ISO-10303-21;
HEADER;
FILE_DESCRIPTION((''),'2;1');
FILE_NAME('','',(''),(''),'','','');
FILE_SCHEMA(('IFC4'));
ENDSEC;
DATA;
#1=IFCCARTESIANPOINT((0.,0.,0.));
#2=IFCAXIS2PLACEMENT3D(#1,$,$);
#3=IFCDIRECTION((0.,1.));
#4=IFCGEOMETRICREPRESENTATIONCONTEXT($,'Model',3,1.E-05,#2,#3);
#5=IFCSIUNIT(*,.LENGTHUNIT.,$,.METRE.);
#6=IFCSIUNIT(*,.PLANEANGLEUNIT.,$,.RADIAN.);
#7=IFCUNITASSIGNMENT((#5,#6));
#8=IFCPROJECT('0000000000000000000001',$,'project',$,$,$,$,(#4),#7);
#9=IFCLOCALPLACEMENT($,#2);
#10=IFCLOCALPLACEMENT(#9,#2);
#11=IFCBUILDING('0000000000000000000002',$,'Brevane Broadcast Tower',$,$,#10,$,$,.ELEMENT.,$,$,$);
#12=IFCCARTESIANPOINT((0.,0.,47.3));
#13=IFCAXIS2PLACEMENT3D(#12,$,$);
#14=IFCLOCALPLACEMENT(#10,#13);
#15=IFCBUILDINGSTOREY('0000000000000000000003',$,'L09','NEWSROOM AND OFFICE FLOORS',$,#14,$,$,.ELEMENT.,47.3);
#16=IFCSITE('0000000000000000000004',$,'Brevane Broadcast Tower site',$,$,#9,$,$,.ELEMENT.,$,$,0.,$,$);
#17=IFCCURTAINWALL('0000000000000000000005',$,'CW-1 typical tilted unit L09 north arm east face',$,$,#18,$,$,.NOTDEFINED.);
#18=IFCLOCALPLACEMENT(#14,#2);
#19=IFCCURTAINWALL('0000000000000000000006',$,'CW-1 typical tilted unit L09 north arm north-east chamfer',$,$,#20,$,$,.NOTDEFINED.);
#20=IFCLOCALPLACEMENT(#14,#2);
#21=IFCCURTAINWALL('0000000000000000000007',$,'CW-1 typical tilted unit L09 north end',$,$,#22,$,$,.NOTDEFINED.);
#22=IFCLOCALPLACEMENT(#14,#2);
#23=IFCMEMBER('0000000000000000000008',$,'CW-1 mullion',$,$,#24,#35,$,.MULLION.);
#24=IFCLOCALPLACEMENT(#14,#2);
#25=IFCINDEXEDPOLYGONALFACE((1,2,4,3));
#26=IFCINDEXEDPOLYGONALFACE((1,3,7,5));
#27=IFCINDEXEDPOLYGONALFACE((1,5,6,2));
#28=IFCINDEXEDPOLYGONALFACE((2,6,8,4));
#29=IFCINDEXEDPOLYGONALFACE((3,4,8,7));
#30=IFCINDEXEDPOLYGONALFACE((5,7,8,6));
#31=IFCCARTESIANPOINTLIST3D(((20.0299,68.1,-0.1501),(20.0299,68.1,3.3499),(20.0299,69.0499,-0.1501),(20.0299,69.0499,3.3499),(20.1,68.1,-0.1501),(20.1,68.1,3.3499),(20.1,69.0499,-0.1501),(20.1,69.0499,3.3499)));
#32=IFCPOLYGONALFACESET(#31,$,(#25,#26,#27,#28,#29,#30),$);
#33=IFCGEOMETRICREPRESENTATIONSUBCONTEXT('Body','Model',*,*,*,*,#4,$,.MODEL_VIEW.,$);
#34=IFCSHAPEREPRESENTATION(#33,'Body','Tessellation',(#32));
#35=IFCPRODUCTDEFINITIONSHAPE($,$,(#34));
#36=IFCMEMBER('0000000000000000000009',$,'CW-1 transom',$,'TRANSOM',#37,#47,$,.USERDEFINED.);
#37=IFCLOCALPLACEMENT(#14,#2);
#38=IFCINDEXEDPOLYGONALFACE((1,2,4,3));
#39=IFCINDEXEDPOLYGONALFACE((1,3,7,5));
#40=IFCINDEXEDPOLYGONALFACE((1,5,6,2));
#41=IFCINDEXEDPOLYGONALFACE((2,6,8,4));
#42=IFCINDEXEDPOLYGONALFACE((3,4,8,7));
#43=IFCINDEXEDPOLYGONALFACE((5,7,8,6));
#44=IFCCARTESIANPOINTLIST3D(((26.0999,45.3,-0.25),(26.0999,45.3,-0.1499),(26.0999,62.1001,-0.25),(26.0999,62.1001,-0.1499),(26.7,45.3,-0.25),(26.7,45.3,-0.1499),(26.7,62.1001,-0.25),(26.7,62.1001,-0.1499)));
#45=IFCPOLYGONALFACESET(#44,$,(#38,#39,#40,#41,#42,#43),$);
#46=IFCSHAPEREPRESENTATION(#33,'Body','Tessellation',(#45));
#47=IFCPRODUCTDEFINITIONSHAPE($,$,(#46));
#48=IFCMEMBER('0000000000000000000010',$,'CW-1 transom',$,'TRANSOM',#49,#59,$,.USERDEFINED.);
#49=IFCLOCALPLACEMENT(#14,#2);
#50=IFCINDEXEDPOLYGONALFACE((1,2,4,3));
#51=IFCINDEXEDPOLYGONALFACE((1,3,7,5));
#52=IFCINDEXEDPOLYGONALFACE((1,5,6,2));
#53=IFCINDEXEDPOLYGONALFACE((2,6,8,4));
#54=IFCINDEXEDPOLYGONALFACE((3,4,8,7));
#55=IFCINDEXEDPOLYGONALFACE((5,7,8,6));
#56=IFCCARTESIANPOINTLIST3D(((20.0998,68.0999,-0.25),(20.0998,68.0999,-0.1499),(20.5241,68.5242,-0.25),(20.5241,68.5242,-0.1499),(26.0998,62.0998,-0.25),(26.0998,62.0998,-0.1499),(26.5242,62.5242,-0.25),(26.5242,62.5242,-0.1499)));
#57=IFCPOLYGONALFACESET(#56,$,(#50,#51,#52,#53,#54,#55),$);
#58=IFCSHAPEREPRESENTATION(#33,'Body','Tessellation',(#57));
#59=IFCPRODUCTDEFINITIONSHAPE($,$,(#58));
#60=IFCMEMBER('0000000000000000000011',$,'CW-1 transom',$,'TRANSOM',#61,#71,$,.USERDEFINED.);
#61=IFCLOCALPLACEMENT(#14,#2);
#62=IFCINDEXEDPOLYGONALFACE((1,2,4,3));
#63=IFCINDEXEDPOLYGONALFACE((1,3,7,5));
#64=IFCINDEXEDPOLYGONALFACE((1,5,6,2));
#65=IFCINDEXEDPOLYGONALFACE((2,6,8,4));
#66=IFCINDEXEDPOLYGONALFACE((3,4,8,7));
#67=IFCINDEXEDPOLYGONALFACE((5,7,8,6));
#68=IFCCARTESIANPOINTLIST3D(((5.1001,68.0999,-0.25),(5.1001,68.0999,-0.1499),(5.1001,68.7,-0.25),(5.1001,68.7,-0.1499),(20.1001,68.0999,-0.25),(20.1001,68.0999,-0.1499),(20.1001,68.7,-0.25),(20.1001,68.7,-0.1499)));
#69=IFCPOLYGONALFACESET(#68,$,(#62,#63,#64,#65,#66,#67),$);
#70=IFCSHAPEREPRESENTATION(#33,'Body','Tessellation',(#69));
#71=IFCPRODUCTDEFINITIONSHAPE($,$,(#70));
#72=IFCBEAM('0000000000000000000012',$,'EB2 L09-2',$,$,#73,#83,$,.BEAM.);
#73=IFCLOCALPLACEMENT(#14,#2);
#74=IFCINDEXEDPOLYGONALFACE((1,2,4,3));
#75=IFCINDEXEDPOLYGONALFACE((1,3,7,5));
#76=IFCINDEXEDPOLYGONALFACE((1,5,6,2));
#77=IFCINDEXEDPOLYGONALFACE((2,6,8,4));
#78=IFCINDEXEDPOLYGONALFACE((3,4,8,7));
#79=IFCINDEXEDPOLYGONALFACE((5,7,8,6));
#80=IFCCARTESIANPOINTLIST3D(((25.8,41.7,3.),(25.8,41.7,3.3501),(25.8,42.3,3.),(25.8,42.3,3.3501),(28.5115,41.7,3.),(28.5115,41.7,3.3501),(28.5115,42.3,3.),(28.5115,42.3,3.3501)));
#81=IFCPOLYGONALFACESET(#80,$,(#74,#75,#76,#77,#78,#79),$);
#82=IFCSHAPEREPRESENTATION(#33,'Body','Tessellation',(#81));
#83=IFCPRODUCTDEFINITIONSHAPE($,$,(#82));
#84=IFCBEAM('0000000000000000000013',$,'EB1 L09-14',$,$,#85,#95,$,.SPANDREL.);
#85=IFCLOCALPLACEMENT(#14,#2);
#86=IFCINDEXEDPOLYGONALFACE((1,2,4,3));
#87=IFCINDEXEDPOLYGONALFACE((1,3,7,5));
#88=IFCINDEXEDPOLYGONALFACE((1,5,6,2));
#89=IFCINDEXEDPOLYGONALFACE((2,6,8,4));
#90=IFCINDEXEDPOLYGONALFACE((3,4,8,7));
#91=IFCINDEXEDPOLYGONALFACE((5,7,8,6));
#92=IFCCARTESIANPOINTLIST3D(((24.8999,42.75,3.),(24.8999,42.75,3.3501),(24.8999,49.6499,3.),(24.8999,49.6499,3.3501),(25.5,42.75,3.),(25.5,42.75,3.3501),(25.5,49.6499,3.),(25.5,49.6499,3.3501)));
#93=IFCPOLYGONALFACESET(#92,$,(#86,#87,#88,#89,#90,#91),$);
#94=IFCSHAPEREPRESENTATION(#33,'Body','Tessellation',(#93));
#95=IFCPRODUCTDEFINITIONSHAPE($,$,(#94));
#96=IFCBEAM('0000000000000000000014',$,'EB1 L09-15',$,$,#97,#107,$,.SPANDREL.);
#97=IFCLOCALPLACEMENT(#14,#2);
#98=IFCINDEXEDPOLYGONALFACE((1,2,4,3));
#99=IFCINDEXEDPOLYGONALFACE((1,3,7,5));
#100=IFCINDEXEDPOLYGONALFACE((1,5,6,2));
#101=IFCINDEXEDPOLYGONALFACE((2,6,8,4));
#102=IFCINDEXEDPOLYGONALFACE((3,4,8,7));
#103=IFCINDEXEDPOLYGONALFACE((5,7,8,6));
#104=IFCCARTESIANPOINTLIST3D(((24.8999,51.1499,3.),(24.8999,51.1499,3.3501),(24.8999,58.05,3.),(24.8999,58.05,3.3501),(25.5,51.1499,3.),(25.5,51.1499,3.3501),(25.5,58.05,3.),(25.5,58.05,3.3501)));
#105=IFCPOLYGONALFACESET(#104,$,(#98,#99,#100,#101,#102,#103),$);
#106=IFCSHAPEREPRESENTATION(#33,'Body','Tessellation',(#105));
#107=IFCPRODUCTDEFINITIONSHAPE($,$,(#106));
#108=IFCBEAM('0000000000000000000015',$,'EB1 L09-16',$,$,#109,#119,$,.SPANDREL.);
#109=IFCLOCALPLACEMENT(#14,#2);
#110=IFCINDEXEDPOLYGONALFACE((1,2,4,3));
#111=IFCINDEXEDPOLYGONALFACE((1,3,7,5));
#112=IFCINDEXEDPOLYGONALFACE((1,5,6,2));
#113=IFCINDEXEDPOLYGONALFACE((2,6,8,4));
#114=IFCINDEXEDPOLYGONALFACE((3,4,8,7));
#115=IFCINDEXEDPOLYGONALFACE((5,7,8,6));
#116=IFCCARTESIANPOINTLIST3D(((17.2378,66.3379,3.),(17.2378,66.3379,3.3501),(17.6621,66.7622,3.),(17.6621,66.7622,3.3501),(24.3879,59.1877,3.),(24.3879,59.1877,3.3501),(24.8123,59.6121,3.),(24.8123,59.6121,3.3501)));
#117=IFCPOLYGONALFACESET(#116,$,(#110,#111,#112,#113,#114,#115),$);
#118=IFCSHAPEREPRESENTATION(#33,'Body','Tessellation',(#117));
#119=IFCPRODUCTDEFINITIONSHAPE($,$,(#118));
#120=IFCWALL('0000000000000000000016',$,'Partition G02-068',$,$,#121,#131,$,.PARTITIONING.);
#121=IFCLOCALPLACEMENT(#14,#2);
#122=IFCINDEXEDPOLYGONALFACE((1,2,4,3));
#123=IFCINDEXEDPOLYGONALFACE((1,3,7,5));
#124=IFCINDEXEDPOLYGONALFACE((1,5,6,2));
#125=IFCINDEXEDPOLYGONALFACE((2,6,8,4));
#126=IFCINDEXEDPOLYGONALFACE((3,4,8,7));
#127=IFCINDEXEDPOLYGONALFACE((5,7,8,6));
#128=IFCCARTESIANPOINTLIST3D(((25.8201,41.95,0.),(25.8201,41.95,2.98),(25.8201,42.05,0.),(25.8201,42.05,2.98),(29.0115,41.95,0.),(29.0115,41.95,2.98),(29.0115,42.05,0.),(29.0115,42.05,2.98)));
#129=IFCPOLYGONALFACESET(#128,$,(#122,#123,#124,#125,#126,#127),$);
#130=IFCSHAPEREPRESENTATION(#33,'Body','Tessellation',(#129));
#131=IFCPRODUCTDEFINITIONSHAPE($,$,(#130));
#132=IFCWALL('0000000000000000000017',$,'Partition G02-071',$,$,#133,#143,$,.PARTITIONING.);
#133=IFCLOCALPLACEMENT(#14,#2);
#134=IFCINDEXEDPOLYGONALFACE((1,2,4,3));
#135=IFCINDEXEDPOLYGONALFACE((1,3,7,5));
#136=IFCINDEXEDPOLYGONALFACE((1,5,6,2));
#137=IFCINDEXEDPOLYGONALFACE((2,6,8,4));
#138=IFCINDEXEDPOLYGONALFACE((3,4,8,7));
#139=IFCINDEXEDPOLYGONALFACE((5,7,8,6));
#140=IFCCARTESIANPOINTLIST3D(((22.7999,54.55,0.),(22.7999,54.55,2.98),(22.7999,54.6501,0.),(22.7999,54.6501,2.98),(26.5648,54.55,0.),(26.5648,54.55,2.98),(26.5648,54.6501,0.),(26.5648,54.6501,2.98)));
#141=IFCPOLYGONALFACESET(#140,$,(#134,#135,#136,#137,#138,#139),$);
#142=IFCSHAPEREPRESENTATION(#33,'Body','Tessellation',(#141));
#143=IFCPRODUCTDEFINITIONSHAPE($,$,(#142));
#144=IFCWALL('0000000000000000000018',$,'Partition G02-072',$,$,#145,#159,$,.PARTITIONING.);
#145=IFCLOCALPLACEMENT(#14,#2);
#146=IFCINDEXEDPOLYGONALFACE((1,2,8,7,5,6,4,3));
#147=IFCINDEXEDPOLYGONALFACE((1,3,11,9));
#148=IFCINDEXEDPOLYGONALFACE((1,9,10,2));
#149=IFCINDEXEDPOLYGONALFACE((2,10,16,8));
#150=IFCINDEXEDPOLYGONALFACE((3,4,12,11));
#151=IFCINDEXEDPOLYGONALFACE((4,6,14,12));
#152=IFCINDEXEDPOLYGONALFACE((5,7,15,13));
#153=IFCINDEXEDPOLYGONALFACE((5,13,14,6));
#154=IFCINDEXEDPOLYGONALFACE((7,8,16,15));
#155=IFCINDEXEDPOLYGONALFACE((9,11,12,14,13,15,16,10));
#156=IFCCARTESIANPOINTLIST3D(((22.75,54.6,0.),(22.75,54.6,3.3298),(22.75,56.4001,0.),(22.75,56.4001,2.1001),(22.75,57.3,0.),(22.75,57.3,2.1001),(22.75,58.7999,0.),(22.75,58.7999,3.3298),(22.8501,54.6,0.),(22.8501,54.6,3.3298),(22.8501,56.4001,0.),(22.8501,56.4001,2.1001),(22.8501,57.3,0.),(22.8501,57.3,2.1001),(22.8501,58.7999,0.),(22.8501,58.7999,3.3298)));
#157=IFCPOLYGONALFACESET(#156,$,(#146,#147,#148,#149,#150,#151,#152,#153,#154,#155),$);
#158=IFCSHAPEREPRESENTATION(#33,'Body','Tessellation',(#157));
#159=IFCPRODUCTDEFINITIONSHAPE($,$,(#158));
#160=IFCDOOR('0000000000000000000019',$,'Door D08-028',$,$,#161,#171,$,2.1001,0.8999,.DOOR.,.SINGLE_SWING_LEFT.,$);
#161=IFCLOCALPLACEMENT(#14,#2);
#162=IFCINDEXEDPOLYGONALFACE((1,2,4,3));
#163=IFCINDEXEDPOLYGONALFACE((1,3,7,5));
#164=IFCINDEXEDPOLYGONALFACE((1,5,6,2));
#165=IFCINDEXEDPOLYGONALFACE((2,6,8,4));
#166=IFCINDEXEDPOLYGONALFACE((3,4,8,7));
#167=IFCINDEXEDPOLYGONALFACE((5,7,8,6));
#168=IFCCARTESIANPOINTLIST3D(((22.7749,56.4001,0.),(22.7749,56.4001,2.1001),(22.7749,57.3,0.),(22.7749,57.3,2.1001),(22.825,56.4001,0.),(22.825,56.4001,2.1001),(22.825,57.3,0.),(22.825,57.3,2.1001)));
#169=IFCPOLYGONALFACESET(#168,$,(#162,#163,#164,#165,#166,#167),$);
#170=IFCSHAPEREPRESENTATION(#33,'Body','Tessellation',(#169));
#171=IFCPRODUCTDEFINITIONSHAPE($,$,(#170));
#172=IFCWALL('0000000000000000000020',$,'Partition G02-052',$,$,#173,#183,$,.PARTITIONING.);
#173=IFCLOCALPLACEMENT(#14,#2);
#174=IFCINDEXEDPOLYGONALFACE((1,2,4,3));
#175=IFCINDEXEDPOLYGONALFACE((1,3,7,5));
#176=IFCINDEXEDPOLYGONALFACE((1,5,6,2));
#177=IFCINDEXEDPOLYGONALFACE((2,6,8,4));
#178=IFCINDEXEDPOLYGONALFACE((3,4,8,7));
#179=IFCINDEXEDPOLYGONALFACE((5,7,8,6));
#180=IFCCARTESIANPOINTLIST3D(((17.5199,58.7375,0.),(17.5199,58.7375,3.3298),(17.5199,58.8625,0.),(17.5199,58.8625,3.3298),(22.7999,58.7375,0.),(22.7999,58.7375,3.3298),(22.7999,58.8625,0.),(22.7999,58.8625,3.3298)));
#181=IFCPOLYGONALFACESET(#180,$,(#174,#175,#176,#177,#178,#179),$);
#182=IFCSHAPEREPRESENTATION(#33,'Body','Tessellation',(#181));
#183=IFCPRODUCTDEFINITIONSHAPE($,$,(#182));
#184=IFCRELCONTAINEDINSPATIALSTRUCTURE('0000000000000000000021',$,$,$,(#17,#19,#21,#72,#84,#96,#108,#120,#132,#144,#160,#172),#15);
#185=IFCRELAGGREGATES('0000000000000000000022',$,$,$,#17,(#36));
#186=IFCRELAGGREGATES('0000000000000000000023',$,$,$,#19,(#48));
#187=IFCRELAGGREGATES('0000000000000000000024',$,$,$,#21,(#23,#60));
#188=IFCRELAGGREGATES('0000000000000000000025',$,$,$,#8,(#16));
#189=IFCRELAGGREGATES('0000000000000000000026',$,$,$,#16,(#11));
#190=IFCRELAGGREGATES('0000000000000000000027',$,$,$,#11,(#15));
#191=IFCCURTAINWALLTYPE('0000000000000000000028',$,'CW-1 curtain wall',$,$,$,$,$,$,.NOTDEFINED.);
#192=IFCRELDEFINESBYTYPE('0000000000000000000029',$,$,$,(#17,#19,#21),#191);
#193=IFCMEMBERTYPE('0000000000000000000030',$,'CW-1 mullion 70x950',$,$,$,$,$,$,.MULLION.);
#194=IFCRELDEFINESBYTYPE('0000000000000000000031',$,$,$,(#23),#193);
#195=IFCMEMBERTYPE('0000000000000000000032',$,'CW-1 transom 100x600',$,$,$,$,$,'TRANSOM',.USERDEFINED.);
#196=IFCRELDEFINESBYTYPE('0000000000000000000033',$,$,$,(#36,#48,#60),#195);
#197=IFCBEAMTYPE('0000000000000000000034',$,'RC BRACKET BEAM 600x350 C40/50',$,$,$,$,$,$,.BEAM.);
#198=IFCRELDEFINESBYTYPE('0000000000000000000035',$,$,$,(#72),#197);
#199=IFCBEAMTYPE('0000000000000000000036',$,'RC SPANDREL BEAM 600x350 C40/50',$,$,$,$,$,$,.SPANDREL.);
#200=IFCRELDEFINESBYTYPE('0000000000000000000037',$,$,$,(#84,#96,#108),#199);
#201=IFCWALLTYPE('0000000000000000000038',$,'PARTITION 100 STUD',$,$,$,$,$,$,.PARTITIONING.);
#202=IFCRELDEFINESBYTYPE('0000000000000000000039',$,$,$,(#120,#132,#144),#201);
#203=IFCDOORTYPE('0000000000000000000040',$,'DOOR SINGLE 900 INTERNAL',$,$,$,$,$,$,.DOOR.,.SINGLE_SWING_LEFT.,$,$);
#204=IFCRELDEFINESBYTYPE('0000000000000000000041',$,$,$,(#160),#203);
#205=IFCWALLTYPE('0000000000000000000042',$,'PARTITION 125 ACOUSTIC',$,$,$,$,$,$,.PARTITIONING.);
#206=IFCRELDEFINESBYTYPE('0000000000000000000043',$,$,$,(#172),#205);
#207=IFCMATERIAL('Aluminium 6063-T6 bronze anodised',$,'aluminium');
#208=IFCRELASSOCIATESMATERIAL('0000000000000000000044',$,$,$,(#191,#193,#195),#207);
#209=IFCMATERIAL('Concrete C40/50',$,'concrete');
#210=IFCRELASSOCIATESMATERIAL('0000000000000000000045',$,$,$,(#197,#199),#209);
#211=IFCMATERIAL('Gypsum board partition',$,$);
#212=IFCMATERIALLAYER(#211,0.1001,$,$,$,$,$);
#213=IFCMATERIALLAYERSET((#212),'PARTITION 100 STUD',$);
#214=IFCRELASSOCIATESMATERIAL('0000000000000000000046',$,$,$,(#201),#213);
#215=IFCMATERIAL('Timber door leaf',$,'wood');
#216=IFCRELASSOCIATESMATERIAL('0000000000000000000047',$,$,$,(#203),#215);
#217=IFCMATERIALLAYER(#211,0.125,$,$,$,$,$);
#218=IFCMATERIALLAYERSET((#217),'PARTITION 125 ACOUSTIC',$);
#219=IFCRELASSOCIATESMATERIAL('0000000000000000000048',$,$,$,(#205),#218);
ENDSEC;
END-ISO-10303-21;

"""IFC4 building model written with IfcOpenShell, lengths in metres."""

from ifc_helpers import new_model, si_unit, direction, frame, frame_2d, origin, origin_2d, place, context, subcontext, project, spatial, rectangle, extrude, material, layer, layer_set, material_profile, profile_set, type_object, element, fill, aggregate, save


model = new_model("IFC4")

# Units and contexts
model_context = context("Model", 3, precision=1e-05, world=origin(), true_north=direction((0.0, 1.0)))
body_context = subcontext(model_context, "Body", "Model", "MODEL_VIEW")
ifc_project = project(units=[si_unit("LENGTHUNIT", "METRE"), si_unit("PLANEANGLEUNIT", "RADIAN")], contexts=[model_context])

# Site, building, storey
site_placement = place(None, origin())
site = spatial("IfcSite", under=ifc_project, at=site_placement, Name="Brevane Broadcast Tower site", CompositionType="ELEMENT", RefElevation=0.0)
building_placement = place(site_placement, origin())
building = spatial("IfcBuilding", under=site, at=building_placement, Name="Brevane Broadcast Tower", CompositionType="ELEMENT")
storey_placement = place(building_placement, frame((0.0, 0.0, 47.3)))
storey = spatial("IfcBuildingStorey", under=building, at=storey_placement, Name="L09", Description="NEWSROOM AND OFFICE FLOORS", CompositionType="ELEMENT", Elevation=47.3)

# Shared definitions
ifc_material_1 = material(Name="Aluminium 6063-T6 bronze anodised", Category="aluminium")
curtain_wall_type = type_object("IfcCurtainWallType", Name="CW-1 curtain wall", PredefinedType="NOTDEFINED", material=ifc_material_1)
ifc_material_profile_1 = material_profile(ifc_material_1, rectangle(XDim=0.95, YDim=0.0701, at=origin_2d()), Name="RECT 70x950")
ifc_profile_set_1 = profile_set([ifc_material_profile_1], Name="Aluminium 6063-T6 bronze anodised")
member_type_1 = type_object("IfcMemberType", Name="CW-1 mullion 70x950", PredefinedType="MULLION", material=ifc_profile_set_1)

# Curtain walls
curtain_wall_1_placement = place(storey_placement, origin())
curtain_wall_1 = element("IfcCurtainWall", 1, at=curtain_wall_1_placement, inside=storey, type_object=curtain_wall_type, Name="CW-1 typical tilted unit L09 north arm east face", PredefinedType="NOTDEFINED")
curtain_wall_2_placement = place(storey_placement, origin())
curtain_wall_2 = element("IfcCurtainWall", 2, at=curtain_wall_2_placement, inside=storey, type_object=curtain_wall_type, Name="CW-1 typical tilted unit L09 north arm north-east chamfer", PredefinedType="NOTDEFINED")

# Curtain wall, member
curtain_wall_3_placement = place(storey_placement, origin())
curtain_wall_3 = element("IfcCurtainWall", 3, at=curtain_wall_3_placement, inside=storey, type_object=curtain_wall_type, Name="CW-1 typical tilted unit L09 north end", PredefinedType="NOTDEFINED")
member_1_placement = place(storey_placement, frame((20.0649, 68.575, -0.1501), z_axis=(0.0, 0.0, 1.0), x_axis=(0.0, -1.0, 0.0)))
member_1 = element("IfcMember", 4, at=member_1_placement, type_object=member_type_1, Name="CW-1 mullion", PredefinedType="MULLION", context=body_context, shape_type="SweptSolid", body=[
    extrude(rectangle(XDim=0.95, YDim=0.0701, at=origin_2d()), origin(), (0.0, 0.0, 1.0), 3.5),
])

# Members
ifc_material_profile_2 = material_profile(ifc_material_1, rectangle(XDim=0.6001, YDim=0.1001, at=origin_2d()), Name="RECT 100x600")
ifc_profile_set_2 = profile_set([ifc_material_profile_2], Name="Aluminium 6063-T6 bronze anodised")
member_type_2 = type_object("IfcMemberType", Name="CW-1 transom 100x600", ElementType="TRANSOM", PredefinedType="USERDEFINED", material=ifc_profile_set_2)
member_2_placement = place(storey_placement, frame((26.3999, 45.3, -0.2), z_axis=(0.0, 1.0, 0.0), x_axis=(-1.0, 0.0, 0.0)))
member_2 = element("IfcMember", 5, at=member_2_placement, type_object=member_type_2, Name="CW-1 transom", ObjectType="TRANSOM", PredefinedType="USERDEFINED", context=body_context, shape_type="SweptSolid", body=[
    extrude(rectangle(XDim=0.6001, YDim=0.1001, at=origin_2d()), origin(), (0.0, 0.0, 1.0), 16.8),
])
aggregate(curtain_wall_1, [member_2])
member_3_placement = place(storey_placement, frame((26.312, 62.312, -0.2), z_axis=(-0.707107, 0.707107, 0.0), x_axis=(-0.707107, -0.707107, 0.0)))
member_3 = element("IfcMember", 6, at=member_3_placement, type_object=member_type_2, Name="CW-1 transom", ObjectType="TRANSOM", PredefinedType="USERDEFINED", context=body_context, shape_type="SweptSolid", body=[
    extrude(rectangle(XDim=0.6001, YDim=0.1001, at=origin_2d()), origin(), (0.0, 0.0, 1.0), 8.4854),
])
aggregate(curtain_wall_2, [member_3])
member_4_placement = place(storey_placement, frame((20.1001, 68.3999, -0.2), z_axis=(-1.0, 0.0, 0.0), x_axis=(0.0, -1.0, 0.0)))
member_4 = element("IfcMember", 7, at=member_4_placement, type_object=member_type_2, Name="CW-1 transom", ObjectType="TRANSOM", PredefinedType="USERDEFINED", context=body_context, shape_type="SweptSolid", body=[
    extrude(rectangle(XDim=0.6001, YDim=0.1001, at=origin_2d()), origin(), (0.0, 0.0, 1.0), 15.0),
])
aggregate(curtain_wall_3, [member_1, member_4])

# Beams
ifc_material_2 = material(Name="Concrete C40/50", Category="concrete")
ifc_material_profile_3 = material_profile(ifc_material_2, rectangle(XDim=0.6001, YDim=0.3501, at=origin_2d()), Name="RC 600x350")
ifc_profile_set_3 = profile_set([ifc_material_profile_3], Name="Concrete C40/50")
beam_type_1 = type_object("IfcBeamType", Name="RC BRACKET BEAM 600x350 C40/50", PredefinedType="BEAM", material=ifc_profile_set_3)
beam_1_placement = place(storey_placement, frame((25.8, 42.0, 3.175), z_axis=(1.0, 0.0, 0.0), x_axis=(0.0, 1.0, 0.0)))
element("IfcBeam", 8, at=beam_1_placement, inside=storey, type_object=beam_type_1, Name="EB2 L09-2", PredefinedType="BEAM", context=body_context, shape_type="SweptSolid", body=[
    extrude(rectangle(XDim=0.6001, YDim=0.3501, at=origin_2d()), origin(), (0.0, 0.0, 1.0), 2.7114),
])
ifc_material_profile_4 = material_profile(ifc_material_2, rectangle(XDim=0.6001, YDim=0.3501, at=origin_2d()), Name="RC 600x350")
ifc_profile_set_4 = profile_set([ifc_material_profile_4], Name="Concrete C40/50")
beam_type_2 = type_object("IfcBeamType", Name="RC SPANDREL BEAM 600x350 C40/50", PredefinedType="SPANDREL", material=ifc_profile_set_4)
beam_2_placement = place(storey_placement, frame((25.2, 42.75, 3.175), z_axis=(0.0, 1.0, 0.0), x_axis=(-1.0, 0.0, 0.0)))
element("IfcBeam", 9, at=beam_2_placement, inside=storey, type_object=beam_type_2, Name="EB1 L09-14", PredefinedType="SPANDREL", context=body_context, shape_type="SweptSolid", body=[
    extrude(rectangle(XDim=0.6001, YDim=0.3501, at=origin_2d()), origin(), (0.0, 0.0, 1.0), 6.8999),
])
beam_3_placement = place(storey_placement, frame((25.2, 51.1499, 3.175), z_axis=(0.0, 1.0, 0.0), x_axis=(-1.0, 0.0, 0.0)))
element("IfcBeam", 10, at=beam_3_placement, inside=storey, type_object=beam_type_2, Name="EB1 L09-15", PredefinedType="SPANDREL", context=body_context, shape_type="SweptSolid", body=[
    extrude(rectangle(XDim=0.6001, YDim=0.3501, at=origin_2d()), origin(), (0.0, 0.0, 1.0), 6.9001),
])
beam_4_placement = place(storey_placement, frame((24.6001, 59.3999, 3.175), z_axis=(-0.707107, 0.707107, 0.0), x_axis=(-0.707107, -0.707107, 0.0)))
element("IfcBeam", 11, at=beam_4_placement, inside=storey, type_object=beam_type_2, Name="EB1 L09-16", PredefinedType="SPANDREL", context=body_context, shape_type="SweptSolid", body=[
    extrude(rectangle(XDim=0.6001, YDim=0.3501, at=origin_2d()), origin(), (0.0, 0.0, 1.0), 10.1118),
])

# Walls
ifc_material_3 = material(Name="Gypsum board partition")
ifc_layer_1 = layer(ifc_material_3, 0.1001)
ifc_layer_set_1 = layer_set([ifc_layer_1], Name="PARTITION 100 STUD")
wall_type_1 = type_object("IfcWallType", Name="PARTITION 100 STUD", PredefinedType="PARTITIONING", material=ifc_layer_set_1)
wall_1_placement = place(storey_placement, frame((25.8201, 42.0, 0.0), z_axis=(0.0, 0.0, 1.0), x_axis=(1.0, 0.0, 0.0)))
element("IfcWall", 12, at=wall_1_placement, inside=storey, type_object=wall_type_1, Name="Partition G02-068", PredefinedType="PARTITIONING", context=body_context, shape_type="SweptSolid", body=[
    extrude(rectangle(XDim=3.1914, YDim=0.1001, at=frame_2d((1.5957, 0.0))), origin(), (0.0, 0.0, 1.0), 2.98),
])
wall_2_placement = place(storey_placement, frame((22.8, 54.6001, 0.0), z_axis=(0.0, 0.0, 1.0), x_axis=(1.0, 0.0, 0.0)))
element("IfcWall", 13, at=wall_2_placement, inside=storey, type_object=wall_type_1, Name="Partition G02-071", PredefinedType="PARTITIONING", context=body_context, shape_type="SweptSolid", body=[
    extrude(rectangle(XDim=3.7649, YDim=0.1001, at=frame_2d((1.8823, 0.0))), origin(), (0.0, 0.0, 1.0), 2.98),
])

# Wall, opening, door
wall_3_placement = place(storey_placement, frame((22.8, 58.8, 0.0), z_axis=(0.0, 0.0, 1.0), x_axis=(0.0, -1.0, 0.0)))
wall_3 = element("IfcWall", 14, at=wall_3_placement, inside=storey, type_object=wall_type_1, Name="Partition G02-072", PredefinedType="PARTITIONING", context=body_context, shape_type="SweptSolid", body=[
    extrude(rectangle(XDim=4.2, YDim=0.1001, at=frame_2d((2.1001, 0.0))), origin(), (0.0, 0.0, 1.0), 3.3298),
])
opening_placement = place(wall_3_placement, frame((1.5, 0.0, 0.0)))
opening = element("IfcOpeningElement", 15, at=opening_placement, cuts=wall_3, PredefinedType="OPENING", context=body_context, shape_type="SweptSolid", body=[
    extrude(rectangle(XDim=0.8999, YDim=2.1001, at=frame_2d((0.45, 1.05))), frame((0.0, 0.0601, 0.0), z_axis=(0.0, -1.0, 0.0), x_axis=(1.0, 0.0, 0.0)), (0.0, 0.0, 1.0), 0.1201),
])
ifc_material_4 = material(Name="Timber door leaf", Category="wood")
door_type = type_object("IfcDoorType", Name="DOOR SINGLE 900 INTERNAL", OperationType="SINGLE_SWING_LEFT", PredefinedType="DOOR", material=ifc_material_4)
door_placement = place(opening_placement, origin())
door = element("IfcDoor", 16, at=door_placement, inside=storey, type_object=door_type, Name="Door D08-028", OperationType="SINGLE_SWING_LEFT", OverallHeight=2.1001, OverallWidth=0.8999, PredefinedType="DOOR", context=body_context, shape_type="SweptSolid", body=[
    extrude(rectangle(XDim=0.8999, YDim=2.1001, at=frame_2d((0.45, 1.05))), frame((0.0, 0.0249, 0.0), z_axis=(0.0, -1.0, 0.0), x_axis=(1.0, 0.0, 0.0)), (0.0, 0.0, 1.0), 0.05),
])
fill(opening, door)

# Wall
ifc_layer_2 = layer(ifc_material_3, 0.125)
ifc_layer_set_2 = layer_set([ifc_layer_2], Name="PARTITION 125 ACOUSTIC")
wall_type_2 = type_object("IfcWallType", Name="PARTITION 125 ACOUSTIC", PredefinedType="PARTITIONING", material=ifc_layer_set_2)
wall_4_placement = place(storey_placement, frame((22.8, 58.8, 0.0), z_axis=(0.0, 0.0, 1.0), x_axis=(-1.0, 0.0, 0.0)))
element("IfcWall", 17, at=wall_4_placement, inside=storey, type_object=wall_type_2, Name="Partition G02-052", PredefinedType="PARTITIONING", context=body_context, shape_type="SweptSolid", body=[
    extrude(rectangle(XDim=5.28, YDim=0.125, at=frame_2d((2.6401, 0.0))), origin(), (0.0, 0.0, 1.0), 3.3298),
])

save(model, "model.ifc")
